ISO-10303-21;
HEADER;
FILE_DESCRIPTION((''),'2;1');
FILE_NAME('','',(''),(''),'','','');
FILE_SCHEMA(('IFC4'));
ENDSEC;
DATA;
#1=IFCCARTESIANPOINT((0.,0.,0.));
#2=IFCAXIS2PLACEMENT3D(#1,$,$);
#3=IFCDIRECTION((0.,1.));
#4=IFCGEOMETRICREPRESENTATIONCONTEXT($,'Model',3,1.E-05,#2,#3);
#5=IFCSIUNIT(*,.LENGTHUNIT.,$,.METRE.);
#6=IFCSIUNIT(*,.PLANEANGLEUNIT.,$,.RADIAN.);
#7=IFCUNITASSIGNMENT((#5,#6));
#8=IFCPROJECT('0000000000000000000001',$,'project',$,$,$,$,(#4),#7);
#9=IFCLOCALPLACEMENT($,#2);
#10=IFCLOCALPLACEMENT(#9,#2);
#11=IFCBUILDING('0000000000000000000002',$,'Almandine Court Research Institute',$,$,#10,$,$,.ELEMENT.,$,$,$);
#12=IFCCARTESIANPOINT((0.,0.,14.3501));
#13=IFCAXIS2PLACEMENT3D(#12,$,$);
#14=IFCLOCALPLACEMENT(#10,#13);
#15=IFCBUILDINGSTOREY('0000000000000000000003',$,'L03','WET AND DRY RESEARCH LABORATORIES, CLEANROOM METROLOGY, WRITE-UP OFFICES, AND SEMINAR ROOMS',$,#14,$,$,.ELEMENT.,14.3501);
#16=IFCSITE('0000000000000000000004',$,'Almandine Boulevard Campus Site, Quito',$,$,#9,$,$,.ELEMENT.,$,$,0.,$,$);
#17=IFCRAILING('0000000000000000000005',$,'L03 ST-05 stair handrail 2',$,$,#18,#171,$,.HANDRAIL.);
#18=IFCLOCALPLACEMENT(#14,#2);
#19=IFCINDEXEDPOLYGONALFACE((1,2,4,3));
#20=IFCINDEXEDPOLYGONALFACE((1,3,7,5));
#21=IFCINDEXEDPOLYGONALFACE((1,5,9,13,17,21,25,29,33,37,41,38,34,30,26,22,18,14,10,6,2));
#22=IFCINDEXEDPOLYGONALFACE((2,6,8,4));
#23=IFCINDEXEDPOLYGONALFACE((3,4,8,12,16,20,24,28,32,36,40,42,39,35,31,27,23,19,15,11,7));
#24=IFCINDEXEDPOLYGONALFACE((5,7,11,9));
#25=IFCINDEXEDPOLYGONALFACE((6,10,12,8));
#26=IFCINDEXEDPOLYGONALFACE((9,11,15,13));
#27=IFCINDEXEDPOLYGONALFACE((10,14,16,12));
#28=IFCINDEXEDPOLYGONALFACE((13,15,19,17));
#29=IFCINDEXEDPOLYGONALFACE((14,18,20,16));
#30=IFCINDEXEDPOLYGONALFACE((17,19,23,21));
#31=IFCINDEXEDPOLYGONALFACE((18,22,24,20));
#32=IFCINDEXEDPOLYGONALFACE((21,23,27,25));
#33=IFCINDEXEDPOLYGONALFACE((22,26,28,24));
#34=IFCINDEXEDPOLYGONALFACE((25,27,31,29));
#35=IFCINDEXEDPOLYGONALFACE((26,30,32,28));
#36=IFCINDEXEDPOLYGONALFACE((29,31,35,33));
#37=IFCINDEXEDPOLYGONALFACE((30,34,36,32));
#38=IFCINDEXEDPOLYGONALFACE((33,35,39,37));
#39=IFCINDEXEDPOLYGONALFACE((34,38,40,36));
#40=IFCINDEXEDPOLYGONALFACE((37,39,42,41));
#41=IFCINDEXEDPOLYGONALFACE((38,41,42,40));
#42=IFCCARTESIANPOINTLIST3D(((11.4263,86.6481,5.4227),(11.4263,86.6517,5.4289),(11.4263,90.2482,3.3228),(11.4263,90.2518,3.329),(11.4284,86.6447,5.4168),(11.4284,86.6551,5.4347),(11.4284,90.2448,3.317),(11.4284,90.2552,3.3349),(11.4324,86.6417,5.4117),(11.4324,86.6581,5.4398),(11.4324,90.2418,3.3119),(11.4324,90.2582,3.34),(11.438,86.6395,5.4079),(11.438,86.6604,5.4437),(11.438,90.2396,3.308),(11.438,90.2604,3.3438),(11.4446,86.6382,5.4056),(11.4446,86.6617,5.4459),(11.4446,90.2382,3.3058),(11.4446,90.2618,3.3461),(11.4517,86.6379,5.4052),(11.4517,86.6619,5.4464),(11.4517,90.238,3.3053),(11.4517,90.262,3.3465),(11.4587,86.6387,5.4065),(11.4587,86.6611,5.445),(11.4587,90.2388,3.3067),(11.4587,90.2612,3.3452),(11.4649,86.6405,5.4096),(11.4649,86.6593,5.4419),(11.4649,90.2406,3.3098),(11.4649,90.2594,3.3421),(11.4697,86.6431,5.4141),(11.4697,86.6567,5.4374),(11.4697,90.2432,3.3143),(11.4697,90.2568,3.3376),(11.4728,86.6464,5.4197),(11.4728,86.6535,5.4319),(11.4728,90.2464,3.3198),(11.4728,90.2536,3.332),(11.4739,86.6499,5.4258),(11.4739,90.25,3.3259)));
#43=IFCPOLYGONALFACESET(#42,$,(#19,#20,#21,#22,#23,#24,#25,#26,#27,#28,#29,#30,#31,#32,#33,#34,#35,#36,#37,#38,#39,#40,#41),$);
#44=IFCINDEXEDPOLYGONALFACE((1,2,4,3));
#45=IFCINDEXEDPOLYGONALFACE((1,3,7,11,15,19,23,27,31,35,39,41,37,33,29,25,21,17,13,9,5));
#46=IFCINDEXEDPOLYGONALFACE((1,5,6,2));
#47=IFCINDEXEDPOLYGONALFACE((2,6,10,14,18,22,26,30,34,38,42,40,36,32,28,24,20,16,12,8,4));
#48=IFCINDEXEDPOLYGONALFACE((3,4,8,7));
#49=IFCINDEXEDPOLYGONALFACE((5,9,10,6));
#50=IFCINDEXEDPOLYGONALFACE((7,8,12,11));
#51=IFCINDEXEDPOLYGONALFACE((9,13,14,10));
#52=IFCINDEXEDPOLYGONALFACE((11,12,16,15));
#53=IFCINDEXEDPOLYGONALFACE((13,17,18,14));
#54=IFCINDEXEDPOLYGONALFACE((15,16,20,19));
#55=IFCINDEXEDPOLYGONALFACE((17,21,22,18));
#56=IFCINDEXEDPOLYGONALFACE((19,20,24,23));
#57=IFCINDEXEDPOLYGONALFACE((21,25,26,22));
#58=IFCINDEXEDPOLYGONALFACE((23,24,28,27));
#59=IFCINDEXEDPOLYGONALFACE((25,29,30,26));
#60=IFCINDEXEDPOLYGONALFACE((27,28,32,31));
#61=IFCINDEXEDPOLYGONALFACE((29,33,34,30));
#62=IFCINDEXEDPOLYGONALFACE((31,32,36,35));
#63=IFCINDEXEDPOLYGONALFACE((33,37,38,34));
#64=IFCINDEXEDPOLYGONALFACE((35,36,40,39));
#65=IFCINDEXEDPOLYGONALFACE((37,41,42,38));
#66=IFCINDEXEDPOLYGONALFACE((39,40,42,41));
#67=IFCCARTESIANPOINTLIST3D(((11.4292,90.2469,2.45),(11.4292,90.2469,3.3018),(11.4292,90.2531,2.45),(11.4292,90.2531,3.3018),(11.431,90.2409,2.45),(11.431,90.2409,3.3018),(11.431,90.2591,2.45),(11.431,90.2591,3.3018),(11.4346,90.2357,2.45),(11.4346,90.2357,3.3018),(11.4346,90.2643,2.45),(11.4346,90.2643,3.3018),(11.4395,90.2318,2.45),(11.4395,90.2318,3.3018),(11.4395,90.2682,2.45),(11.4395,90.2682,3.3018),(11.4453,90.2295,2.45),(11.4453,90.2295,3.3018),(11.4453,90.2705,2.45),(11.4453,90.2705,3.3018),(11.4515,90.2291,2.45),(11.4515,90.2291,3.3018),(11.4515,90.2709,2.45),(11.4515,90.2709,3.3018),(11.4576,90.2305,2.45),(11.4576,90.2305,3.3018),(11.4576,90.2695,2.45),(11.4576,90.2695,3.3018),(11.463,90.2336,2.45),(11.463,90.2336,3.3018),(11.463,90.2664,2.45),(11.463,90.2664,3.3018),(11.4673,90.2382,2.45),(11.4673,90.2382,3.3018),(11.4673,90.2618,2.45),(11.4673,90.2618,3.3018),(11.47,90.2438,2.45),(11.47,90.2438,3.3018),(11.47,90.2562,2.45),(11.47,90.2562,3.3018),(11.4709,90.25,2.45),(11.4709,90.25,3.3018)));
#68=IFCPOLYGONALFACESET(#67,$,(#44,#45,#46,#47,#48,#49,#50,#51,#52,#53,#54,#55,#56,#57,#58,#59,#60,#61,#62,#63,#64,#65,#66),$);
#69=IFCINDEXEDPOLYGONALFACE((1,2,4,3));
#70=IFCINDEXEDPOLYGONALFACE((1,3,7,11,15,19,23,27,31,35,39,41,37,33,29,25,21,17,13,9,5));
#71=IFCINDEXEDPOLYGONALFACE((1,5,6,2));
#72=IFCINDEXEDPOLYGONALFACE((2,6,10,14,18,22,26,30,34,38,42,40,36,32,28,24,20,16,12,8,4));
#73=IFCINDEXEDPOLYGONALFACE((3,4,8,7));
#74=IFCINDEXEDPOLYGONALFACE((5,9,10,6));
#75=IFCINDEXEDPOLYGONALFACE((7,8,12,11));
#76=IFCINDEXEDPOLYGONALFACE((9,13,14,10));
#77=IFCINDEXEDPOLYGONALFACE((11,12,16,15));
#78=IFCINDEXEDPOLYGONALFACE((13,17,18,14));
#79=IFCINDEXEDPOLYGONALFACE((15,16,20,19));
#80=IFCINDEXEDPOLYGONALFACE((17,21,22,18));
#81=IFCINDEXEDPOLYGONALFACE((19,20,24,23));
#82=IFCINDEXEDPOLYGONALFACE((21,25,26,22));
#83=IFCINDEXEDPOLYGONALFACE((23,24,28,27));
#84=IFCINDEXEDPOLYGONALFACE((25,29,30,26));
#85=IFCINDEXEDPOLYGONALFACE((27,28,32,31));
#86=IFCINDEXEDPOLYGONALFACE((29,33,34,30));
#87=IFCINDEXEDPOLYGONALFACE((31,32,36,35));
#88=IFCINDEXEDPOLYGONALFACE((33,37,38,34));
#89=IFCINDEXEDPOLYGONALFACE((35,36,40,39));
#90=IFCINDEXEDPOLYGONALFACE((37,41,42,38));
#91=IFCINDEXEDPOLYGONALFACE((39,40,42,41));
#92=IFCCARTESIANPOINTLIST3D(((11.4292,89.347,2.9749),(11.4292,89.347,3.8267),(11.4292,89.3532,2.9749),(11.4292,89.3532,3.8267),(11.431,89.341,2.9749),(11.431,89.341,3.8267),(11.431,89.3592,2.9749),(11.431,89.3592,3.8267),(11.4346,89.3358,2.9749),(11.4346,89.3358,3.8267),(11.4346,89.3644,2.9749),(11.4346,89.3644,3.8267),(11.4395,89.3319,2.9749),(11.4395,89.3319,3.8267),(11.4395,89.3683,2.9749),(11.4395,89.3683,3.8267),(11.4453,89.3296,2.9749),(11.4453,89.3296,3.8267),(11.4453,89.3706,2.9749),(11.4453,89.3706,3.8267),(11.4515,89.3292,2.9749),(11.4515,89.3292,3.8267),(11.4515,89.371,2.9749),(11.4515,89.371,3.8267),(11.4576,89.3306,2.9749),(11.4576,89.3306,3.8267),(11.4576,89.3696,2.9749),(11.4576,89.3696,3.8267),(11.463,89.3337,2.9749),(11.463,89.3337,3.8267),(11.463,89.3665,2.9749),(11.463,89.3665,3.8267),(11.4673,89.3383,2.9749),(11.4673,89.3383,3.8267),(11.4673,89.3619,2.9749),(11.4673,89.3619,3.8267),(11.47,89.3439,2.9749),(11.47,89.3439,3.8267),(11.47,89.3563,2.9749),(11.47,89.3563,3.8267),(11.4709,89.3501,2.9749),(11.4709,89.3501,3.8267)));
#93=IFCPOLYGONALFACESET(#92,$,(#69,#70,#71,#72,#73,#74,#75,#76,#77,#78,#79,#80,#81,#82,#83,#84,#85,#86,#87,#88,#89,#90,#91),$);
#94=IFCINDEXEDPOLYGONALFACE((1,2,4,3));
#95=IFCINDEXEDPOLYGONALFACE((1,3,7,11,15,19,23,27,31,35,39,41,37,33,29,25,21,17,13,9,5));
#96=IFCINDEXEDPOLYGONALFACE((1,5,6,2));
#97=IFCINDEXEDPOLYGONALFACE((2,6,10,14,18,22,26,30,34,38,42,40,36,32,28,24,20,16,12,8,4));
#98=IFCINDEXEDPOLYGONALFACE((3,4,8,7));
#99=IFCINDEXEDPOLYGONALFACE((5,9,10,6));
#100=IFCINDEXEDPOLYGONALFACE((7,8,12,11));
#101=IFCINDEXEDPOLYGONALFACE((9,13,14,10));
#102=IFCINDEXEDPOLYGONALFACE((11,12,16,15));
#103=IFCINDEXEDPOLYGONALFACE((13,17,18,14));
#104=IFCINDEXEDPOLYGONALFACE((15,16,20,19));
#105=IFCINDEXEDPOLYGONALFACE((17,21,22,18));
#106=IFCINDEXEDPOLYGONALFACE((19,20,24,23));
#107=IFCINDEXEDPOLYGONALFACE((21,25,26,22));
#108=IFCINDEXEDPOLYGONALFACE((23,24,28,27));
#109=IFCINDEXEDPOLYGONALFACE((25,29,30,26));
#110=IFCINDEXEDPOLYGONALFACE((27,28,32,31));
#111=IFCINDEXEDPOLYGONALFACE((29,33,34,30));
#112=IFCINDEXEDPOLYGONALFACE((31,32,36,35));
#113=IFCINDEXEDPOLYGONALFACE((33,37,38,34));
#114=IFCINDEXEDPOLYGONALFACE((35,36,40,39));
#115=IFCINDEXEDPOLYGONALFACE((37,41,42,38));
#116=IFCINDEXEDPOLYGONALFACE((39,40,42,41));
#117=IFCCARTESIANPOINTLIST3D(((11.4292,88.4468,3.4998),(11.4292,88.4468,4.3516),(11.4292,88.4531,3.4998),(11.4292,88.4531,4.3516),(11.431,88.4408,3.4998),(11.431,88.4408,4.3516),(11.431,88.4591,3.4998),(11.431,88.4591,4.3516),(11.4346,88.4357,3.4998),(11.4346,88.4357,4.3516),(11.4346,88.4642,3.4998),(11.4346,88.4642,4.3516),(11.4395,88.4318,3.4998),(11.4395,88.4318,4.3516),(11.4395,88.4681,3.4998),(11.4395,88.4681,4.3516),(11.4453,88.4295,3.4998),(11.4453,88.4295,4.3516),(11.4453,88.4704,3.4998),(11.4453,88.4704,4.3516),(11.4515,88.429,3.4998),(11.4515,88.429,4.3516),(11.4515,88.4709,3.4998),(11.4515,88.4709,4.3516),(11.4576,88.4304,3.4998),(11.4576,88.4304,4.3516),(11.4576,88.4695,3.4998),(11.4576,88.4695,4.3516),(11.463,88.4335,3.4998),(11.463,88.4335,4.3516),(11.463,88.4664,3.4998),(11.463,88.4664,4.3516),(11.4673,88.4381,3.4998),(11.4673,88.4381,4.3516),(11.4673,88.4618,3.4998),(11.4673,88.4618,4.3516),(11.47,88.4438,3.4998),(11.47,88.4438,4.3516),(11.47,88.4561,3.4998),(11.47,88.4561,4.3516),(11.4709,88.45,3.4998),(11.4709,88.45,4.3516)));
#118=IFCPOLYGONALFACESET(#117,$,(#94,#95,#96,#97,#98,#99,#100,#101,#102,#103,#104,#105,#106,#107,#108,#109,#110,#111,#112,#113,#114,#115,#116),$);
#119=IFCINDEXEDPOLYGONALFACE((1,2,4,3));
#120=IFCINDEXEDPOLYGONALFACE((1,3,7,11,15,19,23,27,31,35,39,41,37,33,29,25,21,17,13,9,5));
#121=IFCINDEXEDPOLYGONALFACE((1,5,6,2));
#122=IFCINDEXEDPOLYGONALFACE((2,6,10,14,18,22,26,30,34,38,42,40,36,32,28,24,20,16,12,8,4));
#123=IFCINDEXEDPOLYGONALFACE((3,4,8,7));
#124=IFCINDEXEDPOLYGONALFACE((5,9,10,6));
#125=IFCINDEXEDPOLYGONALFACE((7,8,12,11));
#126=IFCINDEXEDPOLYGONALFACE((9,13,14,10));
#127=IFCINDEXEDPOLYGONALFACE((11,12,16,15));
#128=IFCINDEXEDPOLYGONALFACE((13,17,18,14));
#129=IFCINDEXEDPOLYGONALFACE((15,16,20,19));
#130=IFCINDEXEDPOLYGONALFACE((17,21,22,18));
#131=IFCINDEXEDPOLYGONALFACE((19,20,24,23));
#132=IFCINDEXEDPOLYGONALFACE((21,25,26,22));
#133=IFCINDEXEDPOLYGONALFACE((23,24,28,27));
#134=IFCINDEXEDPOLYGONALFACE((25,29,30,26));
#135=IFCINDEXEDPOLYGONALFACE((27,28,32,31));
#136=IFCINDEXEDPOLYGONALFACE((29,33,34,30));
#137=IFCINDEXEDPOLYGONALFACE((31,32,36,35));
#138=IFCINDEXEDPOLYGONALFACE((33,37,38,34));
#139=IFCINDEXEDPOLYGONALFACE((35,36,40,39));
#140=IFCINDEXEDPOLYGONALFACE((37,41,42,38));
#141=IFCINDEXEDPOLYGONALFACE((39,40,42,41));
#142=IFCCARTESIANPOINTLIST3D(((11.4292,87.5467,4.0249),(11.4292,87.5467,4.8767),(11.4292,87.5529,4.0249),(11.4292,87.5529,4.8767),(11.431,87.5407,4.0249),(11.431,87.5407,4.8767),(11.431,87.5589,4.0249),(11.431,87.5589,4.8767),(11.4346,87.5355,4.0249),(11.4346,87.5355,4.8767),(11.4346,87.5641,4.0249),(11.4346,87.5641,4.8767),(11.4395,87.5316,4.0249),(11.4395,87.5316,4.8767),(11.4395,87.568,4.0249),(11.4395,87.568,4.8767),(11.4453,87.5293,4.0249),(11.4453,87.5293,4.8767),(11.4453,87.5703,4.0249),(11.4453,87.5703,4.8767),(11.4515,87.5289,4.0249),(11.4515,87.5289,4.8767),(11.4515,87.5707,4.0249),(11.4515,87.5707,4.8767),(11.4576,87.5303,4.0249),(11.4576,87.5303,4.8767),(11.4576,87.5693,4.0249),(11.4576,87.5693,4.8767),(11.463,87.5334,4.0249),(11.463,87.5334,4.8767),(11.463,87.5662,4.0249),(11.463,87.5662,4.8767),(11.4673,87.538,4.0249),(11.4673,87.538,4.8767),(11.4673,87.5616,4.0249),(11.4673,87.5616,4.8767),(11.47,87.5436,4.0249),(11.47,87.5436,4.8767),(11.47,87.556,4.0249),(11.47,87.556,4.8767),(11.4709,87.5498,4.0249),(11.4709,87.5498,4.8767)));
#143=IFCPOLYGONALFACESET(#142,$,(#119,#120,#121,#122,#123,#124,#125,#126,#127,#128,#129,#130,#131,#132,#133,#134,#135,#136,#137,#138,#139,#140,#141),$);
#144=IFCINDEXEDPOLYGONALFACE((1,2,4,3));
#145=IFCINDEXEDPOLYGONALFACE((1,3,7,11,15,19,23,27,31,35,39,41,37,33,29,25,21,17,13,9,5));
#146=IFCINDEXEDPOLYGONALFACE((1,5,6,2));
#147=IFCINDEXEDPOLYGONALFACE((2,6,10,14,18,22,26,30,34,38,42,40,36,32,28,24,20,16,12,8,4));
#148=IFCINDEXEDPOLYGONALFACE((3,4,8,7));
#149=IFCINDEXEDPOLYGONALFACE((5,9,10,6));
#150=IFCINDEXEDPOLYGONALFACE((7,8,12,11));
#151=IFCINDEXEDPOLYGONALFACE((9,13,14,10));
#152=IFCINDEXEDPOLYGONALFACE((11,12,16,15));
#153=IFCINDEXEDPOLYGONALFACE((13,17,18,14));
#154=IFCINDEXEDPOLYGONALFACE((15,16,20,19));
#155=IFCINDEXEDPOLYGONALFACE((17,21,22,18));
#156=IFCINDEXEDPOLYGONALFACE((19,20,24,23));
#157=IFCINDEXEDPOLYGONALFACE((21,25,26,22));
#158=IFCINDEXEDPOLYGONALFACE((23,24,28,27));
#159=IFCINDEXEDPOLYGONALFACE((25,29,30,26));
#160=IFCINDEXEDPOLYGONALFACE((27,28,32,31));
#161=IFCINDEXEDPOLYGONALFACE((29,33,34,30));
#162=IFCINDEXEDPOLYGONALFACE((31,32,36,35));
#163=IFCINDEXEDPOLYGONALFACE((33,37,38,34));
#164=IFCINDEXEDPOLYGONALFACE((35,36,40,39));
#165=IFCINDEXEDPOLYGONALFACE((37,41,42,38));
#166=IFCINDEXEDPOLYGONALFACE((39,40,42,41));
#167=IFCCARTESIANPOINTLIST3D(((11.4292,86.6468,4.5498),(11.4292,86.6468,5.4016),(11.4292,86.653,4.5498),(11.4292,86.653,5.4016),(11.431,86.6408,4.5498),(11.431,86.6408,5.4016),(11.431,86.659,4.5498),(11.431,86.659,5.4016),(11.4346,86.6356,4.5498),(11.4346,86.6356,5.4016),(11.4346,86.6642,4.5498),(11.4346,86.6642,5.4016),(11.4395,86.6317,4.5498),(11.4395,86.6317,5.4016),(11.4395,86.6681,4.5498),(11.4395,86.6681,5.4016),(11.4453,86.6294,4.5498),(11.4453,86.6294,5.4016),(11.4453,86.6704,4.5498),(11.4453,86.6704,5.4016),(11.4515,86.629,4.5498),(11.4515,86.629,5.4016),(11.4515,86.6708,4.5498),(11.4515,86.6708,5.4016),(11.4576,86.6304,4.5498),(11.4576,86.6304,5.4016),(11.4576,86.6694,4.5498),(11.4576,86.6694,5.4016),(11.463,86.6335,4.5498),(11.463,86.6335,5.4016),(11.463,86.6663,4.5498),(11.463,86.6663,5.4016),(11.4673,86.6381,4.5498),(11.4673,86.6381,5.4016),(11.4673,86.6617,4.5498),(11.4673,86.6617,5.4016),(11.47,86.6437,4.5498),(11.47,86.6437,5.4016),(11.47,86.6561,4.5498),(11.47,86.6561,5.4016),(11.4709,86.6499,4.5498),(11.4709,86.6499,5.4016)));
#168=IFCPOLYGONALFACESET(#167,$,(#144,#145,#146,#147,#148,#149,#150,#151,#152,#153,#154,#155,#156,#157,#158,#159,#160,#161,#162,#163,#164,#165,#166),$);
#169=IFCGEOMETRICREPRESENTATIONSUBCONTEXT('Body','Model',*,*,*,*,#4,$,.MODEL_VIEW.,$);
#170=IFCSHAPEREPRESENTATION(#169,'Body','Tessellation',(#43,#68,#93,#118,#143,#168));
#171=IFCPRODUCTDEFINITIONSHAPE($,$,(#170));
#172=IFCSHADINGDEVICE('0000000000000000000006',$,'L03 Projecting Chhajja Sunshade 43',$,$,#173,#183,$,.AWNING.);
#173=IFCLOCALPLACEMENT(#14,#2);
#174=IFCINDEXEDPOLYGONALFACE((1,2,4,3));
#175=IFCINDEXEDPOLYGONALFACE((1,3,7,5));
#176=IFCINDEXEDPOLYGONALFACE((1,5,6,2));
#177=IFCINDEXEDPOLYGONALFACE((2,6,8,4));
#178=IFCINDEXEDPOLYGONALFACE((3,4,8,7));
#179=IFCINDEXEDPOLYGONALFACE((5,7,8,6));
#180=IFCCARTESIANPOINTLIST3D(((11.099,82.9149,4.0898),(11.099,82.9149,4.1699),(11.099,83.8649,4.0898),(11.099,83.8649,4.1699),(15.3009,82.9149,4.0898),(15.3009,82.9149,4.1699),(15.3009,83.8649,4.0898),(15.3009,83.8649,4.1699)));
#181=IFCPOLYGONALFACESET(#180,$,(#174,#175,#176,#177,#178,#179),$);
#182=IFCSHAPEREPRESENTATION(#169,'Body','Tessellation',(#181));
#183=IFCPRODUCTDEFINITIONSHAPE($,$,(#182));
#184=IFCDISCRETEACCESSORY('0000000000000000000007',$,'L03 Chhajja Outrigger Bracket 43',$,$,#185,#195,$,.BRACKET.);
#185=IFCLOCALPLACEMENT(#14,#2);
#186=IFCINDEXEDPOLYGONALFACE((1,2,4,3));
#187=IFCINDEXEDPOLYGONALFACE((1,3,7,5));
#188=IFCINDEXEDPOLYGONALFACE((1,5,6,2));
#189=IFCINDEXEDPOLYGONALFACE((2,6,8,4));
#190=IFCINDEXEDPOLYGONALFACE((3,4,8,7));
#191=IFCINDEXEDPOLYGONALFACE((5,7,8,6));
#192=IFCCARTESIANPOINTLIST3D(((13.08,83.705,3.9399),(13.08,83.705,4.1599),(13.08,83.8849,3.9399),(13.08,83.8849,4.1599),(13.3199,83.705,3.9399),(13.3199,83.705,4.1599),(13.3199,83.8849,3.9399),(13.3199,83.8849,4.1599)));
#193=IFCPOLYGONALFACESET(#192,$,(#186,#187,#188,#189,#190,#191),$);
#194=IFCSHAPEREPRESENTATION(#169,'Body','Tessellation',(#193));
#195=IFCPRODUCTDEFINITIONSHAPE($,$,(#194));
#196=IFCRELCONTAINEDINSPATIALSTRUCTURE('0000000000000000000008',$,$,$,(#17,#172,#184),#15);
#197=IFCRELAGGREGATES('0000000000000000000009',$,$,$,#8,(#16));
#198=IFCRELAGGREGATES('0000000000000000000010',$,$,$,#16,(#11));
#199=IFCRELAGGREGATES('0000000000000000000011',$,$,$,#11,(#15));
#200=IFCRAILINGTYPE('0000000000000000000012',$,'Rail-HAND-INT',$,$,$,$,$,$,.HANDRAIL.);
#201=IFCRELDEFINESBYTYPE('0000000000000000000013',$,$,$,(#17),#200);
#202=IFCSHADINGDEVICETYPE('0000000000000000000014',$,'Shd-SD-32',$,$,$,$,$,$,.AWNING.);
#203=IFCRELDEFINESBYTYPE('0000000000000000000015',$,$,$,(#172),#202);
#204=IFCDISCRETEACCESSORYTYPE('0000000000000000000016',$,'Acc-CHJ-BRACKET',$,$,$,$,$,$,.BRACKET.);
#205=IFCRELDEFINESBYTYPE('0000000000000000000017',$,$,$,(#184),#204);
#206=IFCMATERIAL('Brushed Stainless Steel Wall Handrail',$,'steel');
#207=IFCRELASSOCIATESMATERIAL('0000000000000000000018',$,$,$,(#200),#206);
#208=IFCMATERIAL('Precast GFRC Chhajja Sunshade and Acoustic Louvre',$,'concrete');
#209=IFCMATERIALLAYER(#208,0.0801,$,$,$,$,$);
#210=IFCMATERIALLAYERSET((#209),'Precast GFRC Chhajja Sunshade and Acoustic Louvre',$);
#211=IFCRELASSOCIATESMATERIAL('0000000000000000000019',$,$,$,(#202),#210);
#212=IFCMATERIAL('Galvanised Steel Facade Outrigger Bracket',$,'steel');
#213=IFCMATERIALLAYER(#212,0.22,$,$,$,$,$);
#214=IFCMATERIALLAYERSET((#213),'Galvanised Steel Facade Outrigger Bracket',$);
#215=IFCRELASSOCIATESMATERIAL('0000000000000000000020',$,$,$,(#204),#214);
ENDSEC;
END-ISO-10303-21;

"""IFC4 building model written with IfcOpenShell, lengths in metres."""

from ifc_helpers import new_model, si_unit, direction, frame, origin, origin_2d, place, context, subcontext, project, spatial, rectangle, circle, extrude, material, layer, layer_set, type_object, element, save


model = new_model("IFC4")

# Units and contexts
model_context = context("Model", 3, precision=1e-05, world=origin(), true_north=direction((0.0, 1.0)))
body_context = subcontext(model_context, "Body", "Model", "MODEL_VIEW")
ifc_project = project(units=[si_unit("LENGTHUNIT", "METRE"), si_unit("PLANEANGLEUNIT", "RADIAN")], contexts=[model_context])

# Site, building, storey
site_placement = place(None, origin())
site = spatial("IfcSite", under=ifc_project, at=site_placement, Name="Almandine Boulevard Campus Site, Quito", CompositionType="ELEMENT", RefElevation=0.0)
building_placement = place(site_placement, origin())
building = spatial("IfcBuilding", under=site, at=building_placement, Name="Almandine Court Research Institute", CompositionType="ELEMENT")
storey_placement = place(building_placement, frame((0.0, 0.0, 14.3501)))
storey = spatial("IfcBuildingStorey", under=building, at=storey_placement, Name="L03", Description="WET AND DRY RESEARCH LABORATORIES, CLEANROOM METROLOGY, WRITE-UP OFFICES, AND SEMINAR ROOMS", CompositionType="ELEMENT", Elevation=14.3501)

# Railing
ifc_material_1 = material(Name="Brushed Stainless Steel Wall Handrail", Category="steel")
railing_type_1 = type_object("IfcRailingType", Name="Rail-HAND-INT", PredefinedType="HANDRAIL", material=ifc_material_1)
railing_1_placement = place(storey_placement, frame((11.45, 90.25, 2.45)))
element("IfcRailing", 1, at=railing_1_placement, inside=storey, type_object=railing_type_1, Name="L03 ST-05 stair handrail 2", PredefinedType="HANDRAIL", context=body_context, shape_type="SweptSolid", body=[
    extrude(circle(Radius=0.0239, at=origin_2d()), frame((0.0, 0.0, 0.876), z_axis=(0.0, -0.8638, 0.503835), x_axis=(1.0, 0.0, 0.0)), (0.0, 0.0, 1.0), 4.1677),
    extrude(circle(Radius=0.021, at=origin_2d()), origin(), (0.0, 0.0, 1.0), 0.8518),
    extrude(circle(Radius=0.021, at=origin_2d()), frame((0.0, -0.8999, 0.5249)), (0.0, 0.0, 1.0), 0.8518),
    extrude(circle(Radius=0.021, at=origin_2d()), frame((0.0, -1.8, 1.0498)), (0.0, 0.0, 1.0), 0.8518),
    extrude(circle(Radius=0.021, at=origin_2d()), frame((0.0, -2.7002, 1.575)), (0.0, 0.0, 1.0), 0.8518),
    extrude(circle(Radius=0.021, at=origin_2d()), frame((0.0, -3.6001, 2.0999)), (0.0, 0.0, 1.0), 0.8518),
])

# Shading device
ifc_material_2 = material(Name="Precast GFRC Chhajja Sunshade and Acoustic Louvre", Category="concrete")
ifc_layer_1 = layer(ifc_material_2, 0.0801)
ifc_layer_set_1 = layer_set([ifc_layer_1], Name="Precast GFRC Chhajja Sunshade and Acoustic Louvre")
shading_device_type = type_object("IfcShadingDeviceType", Name="Shd-SD-32", PredefinedType="AWNING", material=ifc_layer_set_1)
shading_device_placement = place(storey_placement, frame((13.2, 83.3899, 4.0898), z_axis=(0.0, 0.0, 1.0), x_axis=(-1.0, 0.0, 0.0)))
element("IfcShadingDevice", 2, at=shading_device_placement, inside=storey, type_object=shading_device_type, Name="L03 Projecting Chhajja Sunshade 43", PredefinedType="AWNING", context=body_context, shape_type="SweptSolid", body=[
    extrude(rectangle(XDim=4.2019, YDim=0.95, at=origin_2d()), origin(), (0.0, 0.0, 1.0), 0.0801),
])

# Discrete accessory
ifc_material_3 = material(Name="Galvanised Steel Facade Outrigger Bracket", Category="steel")
ifc_layer_2 = layer(ifc_material_3, 0.22)
ifc_layer_set_2 = layer_set([ifc_layer_2], Name="Galvanised Steel Facade Outrigger Bracket")
discrete_accessory_type = type_object("IfcDiscreteAccessoryType", Name="Acc-CHJ-BRACKET", PredefinedType="BRACKET", material=ifc_layer_set_2)
discrete_accessory_placement = place(storey_placement, frame((13.2, 83.7949, 3.9399), z_axis=(0.0, 0.0, 1.0), x_axis=(-1.0, 0.0, 0.0)))
element("IfcDiscreteAccessory", 3, at=discrete_accessory_placement, inside=storey, type_object=discrete_accessory_type, Name="L03 Chhajja Outrigger Bracket 43", PredefinedType="BRACKET", context=body_context, shape_type="SweptSolid", body=[
    extrude(rectangle(XDim=0.24, YDim=0.1799, at=origin_2d()), origin(), (0.0, 0.0, 1.0), 0.22),
])

save(model, "model.ifc")
